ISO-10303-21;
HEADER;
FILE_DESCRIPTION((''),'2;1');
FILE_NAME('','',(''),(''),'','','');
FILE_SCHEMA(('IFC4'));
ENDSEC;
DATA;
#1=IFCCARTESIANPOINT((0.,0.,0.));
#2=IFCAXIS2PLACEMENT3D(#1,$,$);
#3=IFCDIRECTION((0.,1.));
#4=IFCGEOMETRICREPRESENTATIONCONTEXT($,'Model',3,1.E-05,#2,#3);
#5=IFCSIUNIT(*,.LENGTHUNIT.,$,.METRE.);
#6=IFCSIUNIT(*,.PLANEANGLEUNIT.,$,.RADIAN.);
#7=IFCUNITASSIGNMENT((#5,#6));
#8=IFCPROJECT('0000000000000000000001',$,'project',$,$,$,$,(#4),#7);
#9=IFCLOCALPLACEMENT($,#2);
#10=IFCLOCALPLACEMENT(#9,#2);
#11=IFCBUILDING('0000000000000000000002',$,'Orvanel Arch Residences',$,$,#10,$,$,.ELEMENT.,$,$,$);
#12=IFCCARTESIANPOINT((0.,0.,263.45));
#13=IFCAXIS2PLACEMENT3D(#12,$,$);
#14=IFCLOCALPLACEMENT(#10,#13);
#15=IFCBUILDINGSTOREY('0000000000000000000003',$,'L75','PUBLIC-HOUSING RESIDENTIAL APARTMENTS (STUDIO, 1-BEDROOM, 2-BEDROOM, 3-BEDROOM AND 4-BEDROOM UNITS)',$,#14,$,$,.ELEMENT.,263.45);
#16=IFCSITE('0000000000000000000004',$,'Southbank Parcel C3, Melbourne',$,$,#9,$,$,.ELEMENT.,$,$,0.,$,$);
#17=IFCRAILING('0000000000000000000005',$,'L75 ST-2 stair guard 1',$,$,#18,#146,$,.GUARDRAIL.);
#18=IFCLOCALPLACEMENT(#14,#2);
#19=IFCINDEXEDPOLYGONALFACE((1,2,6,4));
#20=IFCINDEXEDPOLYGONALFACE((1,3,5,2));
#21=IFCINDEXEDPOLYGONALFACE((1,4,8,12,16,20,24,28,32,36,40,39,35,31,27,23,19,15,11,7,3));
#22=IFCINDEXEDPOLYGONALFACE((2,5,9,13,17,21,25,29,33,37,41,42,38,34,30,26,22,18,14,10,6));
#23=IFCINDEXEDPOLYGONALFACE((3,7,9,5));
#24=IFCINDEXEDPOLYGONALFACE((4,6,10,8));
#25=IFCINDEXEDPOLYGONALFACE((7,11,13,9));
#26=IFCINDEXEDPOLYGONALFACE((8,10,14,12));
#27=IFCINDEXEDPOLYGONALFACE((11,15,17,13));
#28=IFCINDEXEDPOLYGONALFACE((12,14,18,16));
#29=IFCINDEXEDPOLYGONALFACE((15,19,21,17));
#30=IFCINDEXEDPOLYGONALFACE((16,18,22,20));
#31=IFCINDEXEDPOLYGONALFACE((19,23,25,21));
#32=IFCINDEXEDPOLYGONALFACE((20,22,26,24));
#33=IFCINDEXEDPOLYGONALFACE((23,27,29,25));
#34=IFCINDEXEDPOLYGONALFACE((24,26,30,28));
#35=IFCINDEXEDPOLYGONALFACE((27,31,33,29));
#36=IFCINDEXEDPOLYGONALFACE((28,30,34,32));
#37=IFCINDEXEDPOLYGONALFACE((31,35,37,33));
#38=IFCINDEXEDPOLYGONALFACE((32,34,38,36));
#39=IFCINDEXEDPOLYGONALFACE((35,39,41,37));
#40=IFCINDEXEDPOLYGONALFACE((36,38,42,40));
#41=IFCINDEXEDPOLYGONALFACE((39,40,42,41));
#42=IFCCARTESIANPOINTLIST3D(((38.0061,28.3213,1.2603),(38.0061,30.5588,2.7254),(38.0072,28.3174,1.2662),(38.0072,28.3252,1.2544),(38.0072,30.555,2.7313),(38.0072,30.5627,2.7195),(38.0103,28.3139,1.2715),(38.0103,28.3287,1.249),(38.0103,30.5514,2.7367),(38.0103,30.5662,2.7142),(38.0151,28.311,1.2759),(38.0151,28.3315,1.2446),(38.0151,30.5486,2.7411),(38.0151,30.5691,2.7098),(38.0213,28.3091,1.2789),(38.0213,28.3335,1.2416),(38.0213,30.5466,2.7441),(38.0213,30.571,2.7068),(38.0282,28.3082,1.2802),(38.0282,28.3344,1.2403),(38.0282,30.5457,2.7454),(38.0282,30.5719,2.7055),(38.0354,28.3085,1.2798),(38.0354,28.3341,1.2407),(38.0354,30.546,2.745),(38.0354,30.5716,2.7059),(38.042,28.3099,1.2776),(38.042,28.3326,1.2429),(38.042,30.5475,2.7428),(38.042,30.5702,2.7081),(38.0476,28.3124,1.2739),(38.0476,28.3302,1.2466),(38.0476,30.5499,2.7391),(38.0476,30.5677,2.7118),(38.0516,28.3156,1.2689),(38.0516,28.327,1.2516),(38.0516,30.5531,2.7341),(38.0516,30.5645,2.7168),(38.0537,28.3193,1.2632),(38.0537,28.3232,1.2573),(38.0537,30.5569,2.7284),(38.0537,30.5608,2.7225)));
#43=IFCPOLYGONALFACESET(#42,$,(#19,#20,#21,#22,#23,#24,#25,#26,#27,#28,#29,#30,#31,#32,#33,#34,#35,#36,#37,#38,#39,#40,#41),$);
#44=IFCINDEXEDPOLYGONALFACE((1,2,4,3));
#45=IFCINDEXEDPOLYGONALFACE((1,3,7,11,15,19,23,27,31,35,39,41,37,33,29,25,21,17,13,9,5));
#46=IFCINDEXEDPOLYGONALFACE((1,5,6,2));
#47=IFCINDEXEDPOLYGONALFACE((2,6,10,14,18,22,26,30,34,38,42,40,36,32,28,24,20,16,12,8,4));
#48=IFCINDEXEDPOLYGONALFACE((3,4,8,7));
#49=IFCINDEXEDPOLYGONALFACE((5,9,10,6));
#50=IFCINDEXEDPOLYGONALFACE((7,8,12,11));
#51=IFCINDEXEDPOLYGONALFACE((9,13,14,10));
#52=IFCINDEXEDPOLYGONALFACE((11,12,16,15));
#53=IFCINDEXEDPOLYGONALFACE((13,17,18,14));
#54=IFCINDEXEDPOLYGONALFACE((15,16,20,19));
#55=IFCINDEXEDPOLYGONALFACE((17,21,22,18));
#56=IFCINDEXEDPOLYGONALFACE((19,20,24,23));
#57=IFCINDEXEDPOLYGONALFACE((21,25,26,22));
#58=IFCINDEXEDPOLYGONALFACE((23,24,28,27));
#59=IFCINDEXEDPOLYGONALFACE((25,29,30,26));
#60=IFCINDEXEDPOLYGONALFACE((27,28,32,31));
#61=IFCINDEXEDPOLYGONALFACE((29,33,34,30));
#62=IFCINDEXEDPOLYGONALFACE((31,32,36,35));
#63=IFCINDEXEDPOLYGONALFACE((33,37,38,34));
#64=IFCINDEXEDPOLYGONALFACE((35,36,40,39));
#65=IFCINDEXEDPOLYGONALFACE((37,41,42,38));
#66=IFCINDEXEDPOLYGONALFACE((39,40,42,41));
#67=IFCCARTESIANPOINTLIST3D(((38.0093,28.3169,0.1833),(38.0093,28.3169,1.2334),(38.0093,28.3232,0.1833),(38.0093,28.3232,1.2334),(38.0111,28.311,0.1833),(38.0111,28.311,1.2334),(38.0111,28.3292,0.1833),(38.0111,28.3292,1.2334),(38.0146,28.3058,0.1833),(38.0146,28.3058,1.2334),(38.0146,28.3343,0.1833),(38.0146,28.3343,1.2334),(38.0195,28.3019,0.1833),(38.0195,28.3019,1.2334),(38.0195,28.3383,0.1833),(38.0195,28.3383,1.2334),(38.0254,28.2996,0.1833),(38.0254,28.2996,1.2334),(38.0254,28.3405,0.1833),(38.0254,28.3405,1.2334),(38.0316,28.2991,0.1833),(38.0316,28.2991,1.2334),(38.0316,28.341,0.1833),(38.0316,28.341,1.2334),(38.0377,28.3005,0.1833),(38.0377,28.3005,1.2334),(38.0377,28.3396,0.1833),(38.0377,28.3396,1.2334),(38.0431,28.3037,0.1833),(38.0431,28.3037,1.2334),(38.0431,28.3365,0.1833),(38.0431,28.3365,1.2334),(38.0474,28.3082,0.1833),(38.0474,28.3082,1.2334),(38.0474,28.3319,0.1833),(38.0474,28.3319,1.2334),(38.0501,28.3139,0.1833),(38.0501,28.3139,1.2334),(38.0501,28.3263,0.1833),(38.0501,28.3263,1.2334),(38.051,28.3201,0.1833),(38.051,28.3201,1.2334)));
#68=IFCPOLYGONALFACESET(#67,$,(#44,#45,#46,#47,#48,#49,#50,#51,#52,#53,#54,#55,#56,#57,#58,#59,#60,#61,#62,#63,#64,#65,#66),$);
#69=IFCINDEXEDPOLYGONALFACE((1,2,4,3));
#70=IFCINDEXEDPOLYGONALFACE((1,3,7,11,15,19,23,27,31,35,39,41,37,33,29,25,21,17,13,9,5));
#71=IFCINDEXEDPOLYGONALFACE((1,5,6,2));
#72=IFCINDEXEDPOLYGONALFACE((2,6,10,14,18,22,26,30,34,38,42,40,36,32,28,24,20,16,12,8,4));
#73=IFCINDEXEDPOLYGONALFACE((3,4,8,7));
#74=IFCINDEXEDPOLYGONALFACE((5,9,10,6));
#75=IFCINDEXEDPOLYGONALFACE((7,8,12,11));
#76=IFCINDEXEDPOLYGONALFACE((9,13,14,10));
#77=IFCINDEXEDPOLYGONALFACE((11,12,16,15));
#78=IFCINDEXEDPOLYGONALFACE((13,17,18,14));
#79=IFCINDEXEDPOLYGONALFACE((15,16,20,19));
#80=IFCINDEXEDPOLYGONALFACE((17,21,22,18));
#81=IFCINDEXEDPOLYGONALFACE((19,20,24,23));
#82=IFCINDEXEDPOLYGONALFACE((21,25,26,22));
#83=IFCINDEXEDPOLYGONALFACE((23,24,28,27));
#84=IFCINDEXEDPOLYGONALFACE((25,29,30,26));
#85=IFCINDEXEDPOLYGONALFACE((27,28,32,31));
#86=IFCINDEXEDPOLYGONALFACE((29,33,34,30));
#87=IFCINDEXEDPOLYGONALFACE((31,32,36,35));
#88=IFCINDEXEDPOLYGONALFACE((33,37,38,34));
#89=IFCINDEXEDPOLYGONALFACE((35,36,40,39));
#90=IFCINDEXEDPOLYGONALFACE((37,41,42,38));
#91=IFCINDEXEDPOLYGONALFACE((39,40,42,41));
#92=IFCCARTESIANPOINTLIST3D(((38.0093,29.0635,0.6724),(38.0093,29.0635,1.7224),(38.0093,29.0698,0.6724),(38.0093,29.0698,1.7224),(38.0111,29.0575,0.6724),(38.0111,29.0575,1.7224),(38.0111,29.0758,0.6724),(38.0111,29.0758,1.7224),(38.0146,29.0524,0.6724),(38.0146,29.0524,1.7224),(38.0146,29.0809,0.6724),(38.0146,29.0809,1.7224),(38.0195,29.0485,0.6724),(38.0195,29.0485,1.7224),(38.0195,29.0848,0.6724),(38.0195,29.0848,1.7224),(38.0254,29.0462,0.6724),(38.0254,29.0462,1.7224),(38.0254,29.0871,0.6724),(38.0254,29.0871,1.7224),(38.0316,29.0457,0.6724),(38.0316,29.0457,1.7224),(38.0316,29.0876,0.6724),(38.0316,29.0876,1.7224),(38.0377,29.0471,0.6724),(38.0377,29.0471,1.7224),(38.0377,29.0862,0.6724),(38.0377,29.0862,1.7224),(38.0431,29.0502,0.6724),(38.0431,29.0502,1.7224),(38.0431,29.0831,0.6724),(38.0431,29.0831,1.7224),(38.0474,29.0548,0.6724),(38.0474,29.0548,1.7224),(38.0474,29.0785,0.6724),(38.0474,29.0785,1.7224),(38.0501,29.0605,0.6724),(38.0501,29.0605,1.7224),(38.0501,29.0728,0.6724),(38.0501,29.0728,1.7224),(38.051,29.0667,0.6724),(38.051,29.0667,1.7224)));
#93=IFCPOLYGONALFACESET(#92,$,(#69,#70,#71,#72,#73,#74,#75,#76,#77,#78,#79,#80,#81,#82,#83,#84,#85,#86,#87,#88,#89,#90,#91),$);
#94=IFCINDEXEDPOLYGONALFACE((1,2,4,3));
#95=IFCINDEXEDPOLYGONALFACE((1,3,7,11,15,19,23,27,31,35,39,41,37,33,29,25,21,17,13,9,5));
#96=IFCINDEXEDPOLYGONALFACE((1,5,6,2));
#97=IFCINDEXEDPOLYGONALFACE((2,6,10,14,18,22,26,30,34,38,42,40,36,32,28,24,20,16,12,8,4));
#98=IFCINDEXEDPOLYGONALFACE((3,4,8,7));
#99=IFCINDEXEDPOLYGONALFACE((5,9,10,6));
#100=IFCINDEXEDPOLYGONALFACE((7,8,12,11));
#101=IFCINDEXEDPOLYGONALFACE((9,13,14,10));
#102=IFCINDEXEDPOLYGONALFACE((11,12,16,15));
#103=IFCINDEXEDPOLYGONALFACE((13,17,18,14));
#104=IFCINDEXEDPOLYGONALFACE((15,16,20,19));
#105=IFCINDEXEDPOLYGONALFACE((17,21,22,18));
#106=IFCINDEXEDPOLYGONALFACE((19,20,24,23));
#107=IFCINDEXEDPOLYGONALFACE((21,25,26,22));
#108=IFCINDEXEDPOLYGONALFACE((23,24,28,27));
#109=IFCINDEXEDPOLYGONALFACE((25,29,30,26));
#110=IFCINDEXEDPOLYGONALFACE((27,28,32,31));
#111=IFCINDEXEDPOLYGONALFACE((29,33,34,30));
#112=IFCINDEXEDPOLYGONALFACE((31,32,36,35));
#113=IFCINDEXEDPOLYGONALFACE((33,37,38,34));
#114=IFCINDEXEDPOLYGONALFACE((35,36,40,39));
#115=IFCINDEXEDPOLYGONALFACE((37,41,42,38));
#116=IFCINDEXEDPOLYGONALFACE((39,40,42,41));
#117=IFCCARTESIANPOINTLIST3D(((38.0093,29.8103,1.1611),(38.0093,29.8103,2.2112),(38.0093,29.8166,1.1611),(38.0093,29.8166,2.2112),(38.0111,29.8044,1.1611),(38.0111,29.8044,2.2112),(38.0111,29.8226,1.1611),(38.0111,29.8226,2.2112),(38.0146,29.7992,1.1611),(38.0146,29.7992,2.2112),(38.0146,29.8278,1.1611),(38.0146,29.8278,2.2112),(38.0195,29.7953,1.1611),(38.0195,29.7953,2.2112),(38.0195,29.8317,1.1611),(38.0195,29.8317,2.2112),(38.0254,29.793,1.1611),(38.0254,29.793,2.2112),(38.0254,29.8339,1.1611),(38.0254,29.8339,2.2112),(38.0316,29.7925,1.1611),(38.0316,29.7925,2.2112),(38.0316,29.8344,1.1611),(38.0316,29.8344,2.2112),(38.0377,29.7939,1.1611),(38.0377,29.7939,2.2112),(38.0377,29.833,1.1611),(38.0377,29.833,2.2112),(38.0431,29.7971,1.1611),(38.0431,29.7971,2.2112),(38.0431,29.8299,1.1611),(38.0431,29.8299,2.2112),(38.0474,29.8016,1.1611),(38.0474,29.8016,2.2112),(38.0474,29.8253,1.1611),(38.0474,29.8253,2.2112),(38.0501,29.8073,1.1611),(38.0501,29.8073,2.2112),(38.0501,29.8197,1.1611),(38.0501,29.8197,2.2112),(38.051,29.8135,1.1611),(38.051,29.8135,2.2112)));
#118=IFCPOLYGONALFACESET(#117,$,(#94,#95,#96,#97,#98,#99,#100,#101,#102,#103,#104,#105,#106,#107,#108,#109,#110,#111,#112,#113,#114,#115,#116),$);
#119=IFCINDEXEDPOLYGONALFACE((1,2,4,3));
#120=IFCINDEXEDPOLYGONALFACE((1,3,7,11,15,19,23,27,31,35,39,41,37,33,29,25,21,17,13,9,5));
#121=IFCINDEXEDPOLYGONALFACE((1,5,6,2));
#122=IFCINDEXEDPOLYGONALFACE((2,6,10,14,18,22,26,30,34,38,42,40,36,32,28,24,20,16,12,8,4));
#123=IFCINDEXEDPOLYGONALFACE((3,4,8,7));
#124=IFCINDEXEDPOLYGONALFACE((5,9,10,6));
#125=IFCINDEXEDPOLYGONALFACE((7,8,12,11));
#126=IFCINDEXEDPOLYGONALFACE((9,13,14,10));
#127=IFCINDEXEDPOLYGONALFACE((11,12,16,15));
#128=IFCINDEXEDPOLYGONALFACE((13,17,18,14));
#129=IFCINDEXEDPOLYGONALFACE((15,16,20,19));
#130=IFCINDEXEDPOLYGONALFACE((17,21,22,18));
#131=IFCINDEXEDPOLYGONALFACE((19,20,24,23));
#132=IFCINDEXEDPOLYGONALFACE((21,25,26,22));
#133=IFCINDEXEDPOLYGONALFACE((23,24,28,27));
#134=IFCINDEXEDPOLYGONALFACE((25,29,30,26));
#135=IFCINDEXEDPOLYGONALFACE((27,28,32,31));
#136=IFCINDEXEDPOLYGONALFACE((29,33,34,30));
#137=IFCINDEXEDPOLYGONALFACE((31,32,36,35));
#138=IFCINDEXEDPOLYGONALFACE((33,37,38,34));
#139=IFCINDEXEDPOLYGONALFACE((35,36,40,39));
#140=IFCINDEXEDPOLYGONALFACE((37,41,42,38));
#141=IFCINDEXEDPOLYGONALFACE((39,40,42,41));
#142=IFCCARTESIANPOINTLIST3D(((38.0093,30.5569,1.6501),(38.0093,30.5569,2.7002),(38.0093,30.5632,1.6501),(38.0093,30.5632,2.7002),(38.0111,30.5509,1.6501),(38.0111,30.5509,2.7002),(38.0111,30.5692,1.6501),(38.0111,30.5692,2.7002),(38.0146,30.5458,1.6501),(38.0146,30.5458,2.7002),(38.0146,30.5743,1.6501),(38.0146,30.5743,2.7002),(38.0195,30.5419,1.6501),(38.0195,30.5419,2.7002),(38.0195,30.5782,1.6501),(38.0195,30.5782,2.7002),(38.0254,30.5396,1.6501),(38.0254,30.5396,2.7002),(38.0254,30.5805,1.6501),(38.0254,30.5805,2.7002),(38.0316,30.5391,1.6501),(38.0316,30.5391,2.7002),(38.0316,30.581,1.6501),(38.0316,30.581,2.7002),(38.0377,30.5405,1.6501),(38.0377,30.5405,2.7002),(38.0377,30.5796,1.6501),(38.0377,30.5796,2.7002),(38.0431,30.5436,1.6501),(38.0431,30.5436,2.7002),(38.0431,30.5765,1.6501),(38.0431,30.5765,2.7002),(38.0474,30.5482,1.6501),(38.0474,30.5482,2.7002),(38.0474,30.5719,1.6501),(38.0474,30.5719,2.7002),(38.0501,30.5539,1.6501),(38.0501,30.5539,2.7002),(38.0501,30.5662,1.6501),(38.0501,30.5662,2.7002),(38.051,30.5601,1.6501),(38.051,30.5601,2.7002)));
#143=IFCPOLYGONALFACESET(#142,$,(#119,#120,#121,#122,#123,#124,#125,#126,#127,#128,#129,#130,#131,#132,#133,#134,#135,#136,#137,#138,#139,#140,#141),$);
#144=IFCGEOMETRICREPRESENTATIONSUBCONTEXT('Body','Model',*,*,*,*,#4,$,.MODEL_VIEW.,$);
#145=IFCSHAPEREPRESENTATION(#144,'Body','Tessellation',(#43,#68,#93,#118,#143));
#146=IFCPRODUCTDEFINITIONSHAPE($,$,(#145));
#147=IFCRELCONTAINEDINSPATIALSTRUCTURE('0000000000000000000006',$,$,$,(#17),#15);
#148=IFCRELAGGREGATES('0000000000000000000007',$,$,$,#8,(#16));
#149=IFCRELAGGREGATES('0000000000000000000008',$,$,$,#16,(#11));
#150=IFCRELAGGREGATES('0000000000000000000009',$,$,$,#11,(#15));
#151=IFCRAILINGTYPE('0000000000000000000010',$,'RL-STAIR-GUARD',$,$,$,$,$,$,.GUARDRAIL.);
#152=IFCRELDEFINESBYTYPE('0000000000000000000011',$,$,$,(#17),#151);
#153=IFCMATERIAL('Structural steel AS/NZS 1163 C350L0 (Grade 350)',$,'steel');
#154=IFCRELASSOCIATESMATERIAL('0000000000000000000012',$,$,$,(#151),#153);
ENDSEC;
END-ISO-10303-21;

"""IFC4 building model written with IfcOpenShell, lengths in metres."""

from ifc_helpers import new_model, si_unit, direction, frame, origin, origin_2d, place, context, subcontext, project, spatial, circle, extrude, material, type_object, element, save


model = new_model("IFC4")

# Units and contexts
model_context = context("Model", 3, precision=1e-05, world=origin(), true_north=direction((0.0, 1.0)))
body_context = subcontext(model_context, "Body", "Model", "MODEL_VIEW")
ifc_project = project(units=[si_unit("LENGTHUNIT", "METRE"), si_unit("PLANEANGLEUNIT", "RADIAN")], contexts=[model_context])

# Site, building, storey
site_placement = place(None, origin())
site = spatial("IfcSite", under=ifc_project, at=site_placement, Name="Southbank Parcel C3, Melbourne", CompositionType="ELEMENT", RefElevation=0.0)
building_placement = place(site_placement, origin())
building = spatial("IfcBuilding", under=site, at=building_placement, Name="Orvanel Arch Residences", CompositionType="ELEMENT")
storey_placement = place(building_placement, frame((0.0, 0.0, 263.45)))
storey = spatial("IfcBuildingStorey", under=building, at=storey_placement, Name="L75", Description="PUBLIC-HOUSING RESIDENTIAL APARTMENTS (STUDIO, 1-BEDROOM, 2-BEDROOM, 3-BEDROOM AND 4-BEDROOM UNITS)", CompositionType="ELEMENT", Elevation=263.45)

# Railing
ifc_material_1 = material(Name="Structural steel AS/NZS 1163 C350L0 (Grade 350)", Category="steel")
railing_type_1 = type_object("IfcRailingType", Name="RL-STAIR-GUARD", PredefinedType="GUARDRAIL", material=ifc_material_1)
railing_1_placement = place(storey_placement, frame((38.03, 28.3201, 0.1833)))
element("IfcRailing", 1, at=railing_1_placement, inside=storey, type_object=railing_type_1, Name="L75 ST-2 stair guard 1", PredefinedType="GUARDRAIL", context=body_context, shape_type="SweptSolid", body=[
    extrude(circle(Radius=0.0239, at=origin_2d()), frame((0.0, 0.0012, 1.0769), z_axis=(0.0, 0.836595, 0.547822), x_axis=(-1.0, 0.0, 0.0)), (0.0, 0.0, 1.0), 2.6746),
    extrude(circle(Radius=0.021, at=origin_2d()), origin(), (0.0, 0.0, 1.0), 1.05),
    extrude(circle(Radius=0.021, at=origin_2d()), frame((0.0, 0.7466, 0.489)), (0.0, 0.0, 1.0), 1.05),
    extrude(circle(Radius=0.021, at=origin_2d()), frame((0.0, 1.4934, 0.9778)), (0.0, 0.0, 1.0), 1.05),
    extrude(circle(Radius=0.021, at=origin_2d()), frame((0.0, 2.24, 1.4668)), (0.0, 0.0, 1.0), 1.05),
])

save(model, "model.ifc")
